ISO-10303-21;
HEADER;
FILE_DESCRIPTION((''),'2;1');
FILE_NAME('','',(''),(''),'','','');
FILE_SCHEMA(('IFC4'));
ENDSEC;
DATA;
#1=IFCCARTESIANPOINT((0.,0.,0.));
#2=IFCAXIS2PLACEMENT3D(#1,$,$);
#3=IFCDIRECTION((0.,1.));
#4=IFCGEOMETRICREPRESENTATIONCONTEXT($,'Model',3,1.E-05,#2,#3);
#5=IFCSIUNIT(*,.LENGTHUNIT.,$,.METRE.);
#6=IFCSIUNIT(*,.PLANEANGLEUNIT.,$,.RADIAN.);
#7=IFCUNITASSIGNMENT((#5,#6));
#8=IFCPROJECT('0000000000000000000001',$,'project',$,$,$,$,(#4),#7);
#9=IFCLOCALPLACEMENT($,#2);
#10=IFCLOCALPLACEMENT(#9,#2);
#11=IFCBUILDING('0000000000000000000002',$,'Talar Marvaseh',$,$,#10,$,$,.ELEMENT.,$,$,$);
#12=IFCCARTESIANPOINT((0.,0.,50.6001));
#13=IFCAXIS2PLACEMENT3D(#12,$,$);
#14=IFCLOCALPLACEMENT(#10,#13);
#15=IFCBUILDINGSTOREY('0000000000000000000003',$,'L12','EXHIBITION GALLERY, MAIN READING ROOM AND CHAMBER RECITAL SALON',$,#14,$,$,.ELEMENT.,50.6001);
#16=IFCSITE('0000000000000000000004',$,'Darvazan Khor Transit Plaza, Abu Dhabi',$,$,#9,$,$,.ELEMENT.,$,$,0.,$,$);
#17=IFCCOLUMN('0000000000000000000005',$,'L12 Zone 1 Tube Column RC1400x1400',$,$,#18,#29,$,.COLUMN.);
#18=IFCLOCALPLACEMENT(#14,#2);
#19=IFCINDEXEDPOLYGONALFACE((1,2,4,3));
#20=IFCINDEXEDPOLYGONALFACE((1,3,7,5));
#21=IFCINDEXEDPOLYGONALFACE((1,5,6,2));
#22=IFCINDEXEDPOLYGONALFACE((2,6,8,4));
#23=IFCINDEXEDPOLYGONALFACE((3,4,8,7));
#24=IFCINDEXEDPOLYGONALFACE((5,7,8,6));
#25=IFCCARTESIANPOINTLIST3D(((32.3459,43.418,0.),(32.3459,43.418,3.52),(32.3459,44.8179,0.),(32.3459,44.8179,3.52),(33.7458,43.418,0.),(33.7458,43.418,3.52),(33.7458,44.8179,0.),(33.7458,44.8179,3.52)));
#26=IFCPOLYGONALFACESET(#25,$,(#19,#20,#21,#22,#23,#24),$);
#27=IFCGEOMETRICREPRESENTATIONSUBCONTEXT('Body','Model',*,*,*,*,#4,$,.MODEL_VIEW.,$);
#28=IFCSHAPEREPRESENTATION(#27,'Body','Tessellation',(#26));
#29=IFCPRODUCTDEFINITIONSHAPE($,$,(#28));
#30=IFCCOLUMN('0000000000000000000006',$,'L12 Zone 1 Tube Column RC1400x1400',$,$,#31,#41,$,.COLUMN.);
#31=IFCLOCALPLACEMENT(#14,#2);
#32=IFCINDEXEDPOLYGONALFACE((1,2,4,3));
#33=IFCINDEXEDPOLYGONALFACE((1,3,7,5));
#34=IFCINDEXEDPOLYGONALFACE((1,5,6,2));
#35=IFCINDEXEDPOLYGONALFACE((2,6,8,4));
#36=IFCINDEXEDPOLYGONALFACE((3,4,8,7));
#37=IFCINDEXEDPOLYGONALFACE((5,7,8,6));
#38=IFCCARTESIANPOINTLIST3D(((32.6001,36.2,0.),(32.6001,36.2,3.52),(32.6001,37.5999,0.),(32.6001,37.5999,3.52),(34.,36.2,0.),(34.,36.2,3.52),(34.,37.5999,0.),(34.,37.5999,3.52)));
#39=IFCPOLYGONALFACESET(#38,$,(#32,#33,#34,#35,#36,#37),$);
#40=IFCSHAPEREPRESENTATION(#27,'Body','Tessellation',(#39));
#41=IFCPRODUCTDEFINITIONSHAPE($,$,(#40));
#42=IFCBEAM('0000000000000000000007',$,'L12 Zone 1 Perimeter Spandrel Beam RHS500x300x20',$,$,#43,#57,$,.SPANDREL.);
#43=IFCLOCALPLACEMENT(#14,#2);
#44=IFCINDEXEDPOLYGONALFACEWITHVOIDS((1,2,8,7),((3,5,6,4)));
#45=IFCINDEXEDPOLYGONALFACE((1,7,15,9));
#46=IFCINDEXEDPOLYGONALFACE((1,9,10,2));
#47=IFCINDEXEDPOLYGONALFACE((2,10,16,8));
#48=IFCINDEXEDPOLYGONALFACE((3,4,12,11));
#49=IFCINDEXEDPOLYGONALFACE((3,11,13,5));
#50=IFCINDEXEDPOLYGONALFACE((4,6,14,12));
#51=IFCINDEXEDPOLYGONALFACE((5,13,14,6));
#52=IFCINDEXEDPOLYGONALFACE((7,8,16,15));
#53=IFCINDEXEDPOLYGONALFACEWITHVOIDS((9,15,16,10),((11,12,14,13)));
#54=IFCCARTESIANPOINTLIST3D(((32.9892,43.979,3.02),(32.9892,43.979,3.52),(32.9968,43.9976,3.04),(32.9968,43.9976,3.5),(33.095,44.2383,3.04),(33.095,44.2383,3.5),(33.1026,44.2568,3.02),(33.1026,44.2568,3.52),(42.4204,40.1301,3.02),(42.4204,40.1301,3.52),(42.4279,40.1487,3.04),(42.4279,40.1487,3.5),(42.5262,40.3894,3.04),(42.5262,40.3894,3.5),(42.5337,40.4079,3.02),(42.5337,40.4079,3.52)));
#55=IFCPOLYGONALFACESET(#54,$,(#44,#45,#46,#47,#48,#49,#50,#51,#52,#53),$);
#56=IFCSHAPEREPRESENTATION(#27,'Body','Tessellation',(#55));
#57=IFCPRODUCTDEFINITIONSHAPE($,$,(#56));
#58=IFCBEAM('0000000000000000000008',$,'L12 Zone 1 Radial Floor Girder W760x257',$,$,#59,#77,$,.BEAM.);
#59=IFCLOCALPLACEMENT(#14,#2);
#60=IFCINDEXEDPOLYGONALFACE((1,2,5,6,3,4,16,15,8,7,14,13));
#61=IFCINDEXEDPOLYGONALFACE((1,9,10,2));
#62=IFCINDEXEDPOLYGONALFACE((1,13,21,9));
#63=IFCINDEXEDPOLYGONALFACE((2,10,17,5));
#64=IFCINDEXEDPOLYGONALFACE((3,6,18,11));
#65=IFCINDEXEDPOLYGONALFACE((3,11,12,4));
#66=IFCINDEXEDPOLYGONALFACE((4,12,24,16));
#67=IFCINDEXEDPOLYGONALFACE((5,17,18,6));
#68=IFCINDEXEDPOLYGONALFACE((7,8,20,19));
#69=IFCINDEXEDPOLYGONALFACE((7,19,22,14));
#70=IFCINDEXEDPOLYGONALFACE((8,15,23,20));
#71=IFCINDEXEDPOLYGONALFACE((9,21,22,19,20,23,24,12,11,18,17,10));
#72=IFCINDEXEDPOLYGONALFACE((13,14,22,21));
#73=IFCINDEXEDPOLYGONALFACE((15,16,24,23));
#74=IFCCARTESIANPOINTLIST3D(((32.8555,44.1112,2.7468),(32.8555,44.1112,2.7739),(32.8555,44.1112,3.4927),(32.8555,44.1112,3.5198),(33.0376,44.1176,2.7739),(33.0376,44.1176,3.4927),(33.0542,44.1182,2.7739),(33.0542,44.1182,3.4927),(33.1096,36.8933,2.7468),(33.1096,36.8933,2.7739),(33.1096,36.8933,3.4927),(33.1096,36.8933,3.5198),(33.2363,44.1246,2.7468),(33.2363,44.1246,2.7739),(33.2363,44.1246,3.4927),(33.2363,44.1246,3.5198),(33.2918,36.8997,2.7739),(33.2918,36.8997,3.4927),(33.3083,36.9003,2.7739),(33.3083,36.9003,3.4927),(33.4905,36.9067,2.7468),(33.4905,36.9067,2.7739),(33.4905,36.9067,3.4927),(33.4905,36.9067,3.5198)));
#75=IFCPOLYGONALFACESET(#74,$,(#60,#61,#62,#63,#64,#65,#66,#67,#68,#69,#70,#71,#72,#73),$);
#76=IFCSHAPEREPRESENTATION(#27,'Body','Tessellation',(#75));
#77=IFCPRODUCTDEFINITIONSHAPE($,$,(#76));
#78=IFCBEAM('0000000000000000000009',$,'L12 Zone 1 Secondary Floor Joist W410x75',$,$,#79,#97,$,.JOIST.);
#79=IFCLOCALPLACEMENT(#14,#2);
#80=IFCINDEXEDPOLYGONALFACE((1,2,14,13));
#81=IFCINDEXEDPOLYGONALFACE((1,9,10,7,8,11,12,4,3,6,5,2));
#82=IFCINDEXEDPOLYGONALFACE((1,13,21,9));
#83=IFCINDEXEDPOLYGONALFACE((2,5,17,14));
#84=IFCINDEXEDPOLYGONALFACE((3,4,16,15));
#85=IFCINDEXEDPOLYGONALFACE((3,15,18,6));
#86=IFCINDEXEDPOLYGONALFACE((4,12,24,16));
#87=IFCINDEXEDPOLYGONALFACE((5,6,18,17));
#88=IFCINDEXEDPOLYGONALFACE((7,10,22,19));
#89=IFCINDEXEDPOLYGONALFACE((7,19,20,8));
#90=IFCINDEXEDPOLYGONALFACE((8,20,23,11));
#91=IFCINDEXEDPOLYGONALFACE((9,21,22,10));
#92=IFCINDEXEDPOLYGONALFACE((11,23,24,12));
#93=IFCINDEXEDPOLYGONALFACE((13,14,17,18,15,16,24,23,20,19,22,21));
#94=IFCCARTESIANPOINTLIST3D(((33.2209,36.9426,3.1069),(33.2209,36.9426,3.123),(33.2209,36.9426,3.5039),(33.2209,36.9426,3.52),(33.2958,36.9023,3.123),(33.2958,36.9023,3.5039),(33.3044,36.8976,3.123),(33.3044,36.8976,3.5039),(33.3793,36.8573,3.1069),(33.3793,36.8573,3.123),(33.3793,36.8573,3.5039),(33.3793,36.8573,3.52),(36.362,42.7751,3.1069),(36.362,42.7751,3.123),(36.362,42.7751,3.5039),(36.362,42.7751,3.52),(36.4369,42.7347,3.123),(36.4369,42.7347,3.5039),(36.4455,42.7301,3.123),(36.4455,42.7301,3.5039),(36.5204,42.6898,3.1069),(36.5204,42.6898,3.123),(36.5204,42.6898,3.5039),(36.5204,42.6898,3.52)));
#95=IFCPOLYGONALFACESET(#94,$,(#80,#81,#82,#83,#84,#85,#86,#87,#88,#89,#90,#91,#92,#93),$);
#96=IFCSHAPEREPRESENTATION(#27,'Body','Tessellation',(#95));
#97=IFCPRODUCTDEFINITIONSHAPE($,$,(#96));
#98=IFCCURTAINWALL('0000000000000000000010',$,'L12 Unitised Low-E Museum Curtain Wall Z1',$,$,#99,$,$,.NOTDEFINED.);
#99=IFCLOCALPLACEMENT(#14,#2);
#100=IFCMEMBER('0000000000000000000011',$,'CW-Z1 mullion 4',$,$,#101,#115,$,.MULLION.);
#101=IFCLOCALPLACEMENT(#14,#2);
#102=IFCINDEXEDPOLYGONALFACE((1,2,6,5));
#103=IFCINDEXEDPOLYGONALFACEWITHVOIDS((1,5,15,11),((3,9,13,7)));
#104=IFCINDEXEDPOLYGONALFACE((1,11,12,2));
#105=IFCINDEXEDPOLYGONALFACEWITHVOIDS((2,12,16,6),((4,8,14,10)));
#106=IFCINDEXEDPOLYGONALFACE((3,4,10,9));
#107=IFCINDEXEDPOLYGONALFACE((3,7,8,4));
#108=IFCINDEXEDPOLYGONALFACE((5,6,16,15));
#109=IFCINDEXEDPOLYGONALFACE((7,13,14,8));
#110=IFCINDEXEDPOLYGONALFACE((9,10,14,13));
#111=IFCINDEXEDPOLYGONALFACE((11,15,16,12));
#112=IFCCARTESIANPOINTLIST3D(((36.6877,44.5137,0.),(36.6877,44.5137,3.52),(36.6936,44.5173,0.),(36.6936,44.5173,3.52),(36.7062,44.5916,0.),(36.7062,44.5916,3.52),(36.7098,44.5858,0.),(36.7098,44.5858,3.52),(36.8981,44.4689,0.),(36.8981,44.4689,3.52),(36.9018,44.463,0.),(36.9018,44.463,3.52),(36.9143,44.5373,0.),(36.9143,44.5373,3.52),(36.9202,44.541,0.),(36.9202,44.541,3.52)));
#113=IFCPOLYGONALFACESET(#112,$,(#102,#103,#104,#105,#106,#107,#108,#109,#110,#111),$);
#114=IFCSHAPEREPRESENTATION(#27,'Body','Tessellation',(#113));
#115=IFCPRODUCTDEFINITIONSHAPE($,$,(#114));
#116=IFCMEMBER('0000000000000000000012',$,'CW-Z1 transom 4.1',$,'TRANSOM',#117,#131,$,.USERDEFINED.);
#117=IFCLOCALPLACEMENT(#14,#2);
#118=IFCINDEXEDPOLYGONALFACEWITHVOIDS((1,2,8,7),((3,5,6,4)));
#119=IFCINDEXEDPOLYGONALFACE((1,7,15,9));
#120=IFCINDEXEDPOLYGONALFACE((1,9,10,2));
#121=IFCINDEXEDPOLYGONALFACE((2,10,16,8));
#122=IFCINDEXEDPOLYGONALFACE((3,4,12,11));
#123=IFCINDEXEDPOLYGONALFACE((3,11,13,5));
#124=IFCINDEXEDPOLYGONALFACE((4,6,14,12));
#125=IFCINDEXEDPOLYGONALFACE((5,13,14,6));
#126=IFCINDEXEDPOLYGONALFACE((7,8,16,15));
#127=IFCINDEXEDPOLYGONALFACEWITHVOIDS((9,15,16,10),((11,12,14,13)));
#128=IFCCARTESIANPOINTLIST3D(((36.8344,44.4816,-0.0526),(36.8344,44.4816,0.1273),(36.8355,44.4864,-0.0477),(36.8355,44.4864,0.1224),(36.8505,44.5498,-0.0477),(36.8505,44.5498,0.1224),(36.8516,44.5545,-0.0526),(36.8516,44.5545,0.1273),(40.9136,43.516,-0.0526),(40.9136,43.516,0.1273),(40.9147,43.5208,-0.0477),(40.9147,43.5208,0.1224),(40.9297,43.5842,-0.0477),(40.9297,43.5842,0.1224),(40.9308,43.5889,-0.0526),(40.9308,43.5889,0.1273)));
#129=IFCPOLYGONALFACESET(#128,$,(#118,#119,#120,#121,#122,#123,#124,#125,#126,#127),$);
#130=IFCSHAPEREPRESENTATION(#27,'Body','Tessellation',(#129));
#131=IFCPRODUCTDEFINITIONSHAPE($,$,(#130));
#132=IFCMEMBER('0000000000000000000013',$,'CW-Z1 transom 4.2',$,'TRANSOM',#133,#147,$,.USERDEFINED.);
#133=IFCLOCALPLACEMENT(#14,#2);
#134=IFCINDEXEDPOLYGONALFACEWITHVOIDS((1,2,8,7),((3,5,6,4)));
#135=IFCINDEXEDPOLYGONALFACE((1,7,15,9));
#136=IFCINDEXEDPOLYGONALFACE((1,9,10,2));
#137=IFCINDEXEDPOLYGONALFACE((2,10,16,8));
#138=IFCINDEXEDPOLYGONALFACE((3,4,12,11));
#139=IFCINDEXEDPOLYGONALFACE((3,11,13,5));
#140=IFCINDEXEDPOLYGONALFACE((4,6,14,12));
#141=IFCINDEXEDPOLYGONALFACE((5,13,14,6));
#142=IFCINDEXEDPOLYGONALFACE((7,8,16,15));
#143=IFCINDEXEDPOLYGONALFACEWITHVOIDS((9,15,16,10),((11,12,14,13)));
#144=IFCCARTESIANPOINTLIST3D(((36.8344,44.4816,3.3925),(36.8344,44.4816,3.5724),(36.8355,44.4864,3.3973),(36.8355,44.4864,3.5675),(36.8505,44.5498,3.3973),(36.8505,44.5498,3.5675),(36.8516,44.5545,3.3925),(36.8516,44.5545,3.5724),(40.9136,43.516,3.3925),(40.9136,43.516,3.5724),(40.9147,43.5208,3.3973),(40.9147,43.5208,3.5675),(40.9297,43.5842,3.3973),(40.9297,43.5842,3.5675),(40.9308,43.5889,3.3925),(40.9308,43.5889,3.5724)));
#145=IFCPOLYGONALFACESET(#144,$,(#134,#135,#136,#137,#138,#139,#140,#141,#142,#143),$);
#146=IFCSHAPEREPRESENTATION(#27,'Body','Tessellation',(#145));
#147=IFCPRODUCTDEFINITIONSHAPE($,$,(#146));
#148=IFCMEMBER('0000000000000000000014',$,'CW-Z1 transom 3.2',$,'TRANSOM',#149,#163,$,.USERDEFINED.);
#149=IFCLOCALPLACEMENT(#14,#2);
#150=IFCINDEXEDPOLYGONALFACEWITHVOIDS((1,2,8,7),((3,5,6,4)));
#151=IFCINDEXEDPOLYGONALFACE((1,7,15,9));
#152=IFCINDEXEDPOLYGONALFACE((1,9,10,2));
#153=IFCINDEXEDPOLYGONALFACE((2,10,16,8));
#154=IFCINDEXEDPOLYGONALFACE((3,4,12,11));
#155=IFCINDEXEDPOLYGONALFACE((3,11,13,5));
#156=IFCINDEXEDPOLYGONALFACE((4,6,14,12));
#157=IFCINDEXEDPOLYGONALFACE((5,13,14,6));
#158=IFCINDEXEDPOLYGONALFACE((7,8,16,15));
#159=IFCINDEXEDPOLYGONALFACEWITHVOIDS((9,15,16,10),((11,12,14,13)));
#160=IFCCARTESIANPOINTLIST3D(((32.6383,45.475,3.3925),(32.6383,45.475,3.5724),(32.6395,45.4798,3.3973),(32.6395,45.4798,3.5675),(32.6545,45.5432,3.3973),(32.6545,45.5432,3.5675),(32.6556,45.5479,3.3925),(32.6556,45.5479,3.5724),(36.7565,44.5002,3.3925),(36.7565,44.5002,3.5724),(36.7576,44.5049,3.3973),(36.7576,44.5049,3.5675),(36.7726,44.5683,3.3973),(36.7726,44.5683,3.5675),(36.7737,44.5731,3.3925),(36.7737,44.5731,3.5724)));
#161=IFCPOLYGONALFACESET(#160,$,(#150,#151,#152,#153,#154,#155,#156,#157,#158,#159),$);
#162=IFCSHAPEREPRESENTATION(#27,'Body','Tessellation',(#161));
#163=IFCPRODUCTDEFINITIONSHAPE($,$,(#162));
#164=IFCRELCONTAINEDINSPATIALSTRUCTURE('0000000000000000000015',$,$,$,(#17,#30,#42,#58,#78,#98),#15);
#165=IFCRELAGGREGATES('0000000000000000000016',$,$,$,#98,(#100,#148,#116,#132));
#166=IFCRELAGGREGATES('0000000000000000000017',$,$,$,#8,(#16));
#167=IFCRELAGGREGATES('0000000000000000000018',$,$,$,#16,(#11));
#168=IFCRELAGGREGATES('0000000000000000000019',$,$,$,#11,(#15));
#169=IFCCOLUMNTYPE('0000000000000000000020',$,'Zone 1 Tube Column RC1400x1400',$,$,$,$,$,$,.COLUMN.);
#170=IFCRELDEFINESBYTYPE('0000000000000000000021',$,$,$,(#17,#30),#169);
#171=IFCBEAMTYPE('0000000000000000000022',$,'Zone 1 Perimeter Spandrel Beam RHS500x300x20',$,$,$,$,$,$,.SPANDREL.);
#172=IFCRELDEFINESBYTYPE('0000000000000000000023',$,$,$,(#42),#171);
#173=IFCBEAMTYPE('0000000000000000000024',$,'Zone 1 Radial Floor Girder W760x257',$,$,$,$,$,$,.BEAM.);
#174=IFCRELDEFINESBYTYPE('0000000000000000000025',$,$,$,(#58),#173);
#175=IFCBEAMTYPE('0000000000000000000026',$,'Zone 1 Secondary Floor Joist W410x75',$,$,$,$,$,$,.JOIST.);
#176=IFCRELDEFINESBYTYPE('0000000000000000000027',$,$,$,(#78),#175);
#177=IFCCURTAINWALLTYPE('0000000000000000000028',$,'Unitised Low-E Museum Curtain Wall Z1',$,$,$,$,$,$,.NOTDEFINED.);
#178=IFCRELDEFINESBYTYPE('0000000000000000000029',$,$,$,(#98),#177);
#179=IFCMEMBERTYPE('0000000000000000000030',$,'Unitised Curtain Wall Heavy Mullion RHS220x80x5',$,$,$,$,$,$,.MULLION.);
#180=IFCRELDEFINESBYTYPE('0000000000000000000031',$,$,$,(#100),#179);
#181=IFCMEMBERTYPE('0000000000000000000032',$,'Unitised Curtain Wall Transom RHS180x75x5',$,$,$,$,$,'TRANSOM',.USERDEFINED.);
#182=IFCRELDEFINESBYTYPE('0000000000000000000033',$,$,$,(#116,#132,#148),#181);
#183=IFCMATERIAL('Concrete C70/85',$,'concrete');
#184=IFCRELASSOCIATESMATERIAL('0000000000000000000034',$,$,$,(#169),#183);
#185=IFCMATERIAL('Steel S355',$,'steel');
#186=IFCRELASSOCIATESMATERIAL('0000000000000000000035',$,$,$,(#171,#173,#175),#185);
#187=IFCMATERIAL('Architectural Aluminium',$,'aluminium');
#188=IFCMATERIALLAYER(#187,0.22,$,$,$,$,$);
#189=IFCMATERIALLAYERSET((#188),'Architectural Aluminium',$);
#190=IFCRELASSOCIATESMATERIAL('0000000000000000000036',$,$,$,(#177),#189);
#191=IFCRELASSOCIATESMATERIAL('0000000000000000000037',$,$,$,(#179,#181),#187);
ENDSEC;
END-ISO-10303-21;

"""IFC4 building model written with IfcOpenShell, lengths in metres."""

from ifc_helpers import new_model, si_unit, direction, frame, origin, origin_2d, place, context, subcontext, project, spatial, rectangle, hollow_rectangle, i_section, extrude, source, transform, mapped, material, layer, layer_set, material_profile, profile_set, type_object, type_shapes, element, aggregate, save


model = new_model("IFC4")

# Units and contexts
model_context = context("Model", 3, precision=1e-05, world=origin(), true_north=direction((0.0, 1.0)))
body_context = subcontext(model_context, "Body", "Model", "MODEL_VIEW")
ifc_project = project(units=[si_unit("LENGTHUNIT", "METRE"), si_unit("PLANEANGLEUNIT", "RADIAN")], contexts=[model_context])

# Site, building, storey
site_placement = place(None, origin())
site = spatial("IfcSite", under=ifc_project, at=site_placement, Name="Darvazan Khor Transit Plaza, Abu Dhabi", CompositionType="ELEMENT", RefElevation=0.0)
building_placement = place(site_placement, origin())
building = spatial("IfcBuilding", under=site, at=building_placement, Name="Talar Marvaseh", CompositionType="ELEMENT")
storey_placement = place(building_placement, frame((0.0, 0.0, 50.6001)))
storey = spatial("IfcBuildingStorey", under=building, at=storey_placement, Name="L12", Description="EXHIBITION GALLERY, MAIN READING ROOM AND CHAMBER RECITAL SALON", CompositionType="ELEMENT", Elevation=50.6001)

# Columns
ifc_material_1 = material(Name="Concrete C70/85", Category="concrete")
ifc_material_profile_1 = material_profile(ifc_material_1, rectangle(XDim=1.3999, YDim=1.3999, at=origin_2d()), Name="RC1400x1400")
ifc_profile_set_1 = profile_set([ifc_material_profile_1], Name="Concrete C70/85")
column_type = type_object("IfcColumnType", Name="Zone 1 Tube Column RC1400x1400", PredefinedType="COLUMN", material=ifc_profile_set_1)
for number, where, z_axis, x_axis, name in (
    (1, (33.0459, 44.1179, 0.0), (0.0, 0.0, 1.0), (1.0, 0.0, 0.0), "L12 Zone 1 Tube Column RC1400x1400"),
    (2, (33.3, 36.8999, 0.0), (0.0, 0.0, 1.0), (1.0, 0.0, 0.0), "L12 Zone 1 Tube Column RC1400x1400"),
):
    element("IfcColumn", number, at=place(storey_placement, frame(where, z_axis=z_axis, x_axis=x_axis)), inside=storey, type_object=column_type, Name=name, PredefinedType="COLUMN", context=body_context, shape_type="SweptSolid", body=[
        extrude(rectangle(XDim=1.3999, YDim=1.3999, at=origin_2d()), origin(), (0.0, 0.0, 1.0), 3.52),
    ])

# Beams
ifc_material_2 = material(Name="Steel S355", Category="steel")
ifc_material_profile_2 = material_profile(ifc_material_2, hollow_rectangle(XDim=0.3, YDim=0.5, WallThickness=0.02, at=origin_2d()), Name="RHS500x300x20")
ifc_profile_set_2 = profile_set([ifc_material_profile_2], Name="Steel S355")
beam_type_1 = type_object("IfcBeamType", Name="Zone 1 Perimeter Spandrel Beam RHS500x300x20", PredefinedType="SPANDREL", material=ifc_profile_set_2)
beam_1_placement = place(storey_placement, frame((33.0459, 44.1179, 3.27), z_axis=(0.925867, -0.377849, 0.0), x_axis=(0.377849, 0.925867, 0.0)))
element("IfcBeam", 3, at=beam_1_placement, inside=storey, type_object=beam_type_1, Name="L12 Zone 1 Perimeter Spandrel Beam RHS500x300x20", PredefinedType="SPANDREL", context=body_context, shape_type="SweptSolid", body=[
    extrude(hollow_rectangle(XDim=0.3, YDim=0.5, WallThickness=0.02, at=origin_2d()), origin(), (0.0, 0.0, 1.0), 10.1863),
])
ifc_material_profile_3 = material_profile(ifc_material_2, i_section(OverallWidth=0.3811, OverallDepth=0.7729, WebThickness=0.0166, FlangeThickness=0.0271, at=origin_2d()), Name="W760x257")
ifc_profile_set_3 = profile_set([ifc_material_profile_3], Name="Steel S355")
beam_type_2 = type_object("IfcBeamType", Name="Zone 1 Radial Floor Girder W760x257", PredefinedType="BEAM", material=ifc_profile_set_3)
beam_2_placement = place(storey_placement, frame((33.0459, 44.1179, 3.1333), z_axis=(0.035189, -0.999381, 0.0), x_axis=(0.999381, 0.035189, 0.0)))
element("IfcBeam", 4, at=beam_2_placement, inside=storey, type_object=beam_type_2, Name="L12 Zone 1 Radial Floor Girder W760x257", PredefinedType="BEAM", context=body_context, shape_type="SweptSolid", body=[
    extrude(i_section(OverallWidth=0.3811, OverallDepth=0.7729, WebThickness=0.0166, FlangeThickness=0.0271, at=origin_2d()), origin(), (0.0, 0.0, 1.0), 7.2224),
])
ifc_material_profile_4 = material_profile(ifc_material_2, i_section(OverallWidth=0.1799, OverallDepth=0.4131, WebThickness=0.0098, FlangeThickness=0.0161, at=origin_2d()), Name="W410x75")
ifc_profile_set_4 = profile_set([ifc_material_profile_4], Name="Steel S355")
beam_type_3 = type_object("IfcBeamType", Name="Zone 1 Secondary Floor Joist W410x75", PredefinedType="JOIST", material=ifc_profile_set_4)
beam_3_placement = place(storey_placement, frame((36.4412, 42.7324, 3.3135), z_axis=(-0.474161, -0.880438, 0.0), x_axis=(0.880438, -0.474161, 0.0)))
element("IfcBeam", 5, at=beam_3_placement, inside=storey, type_object=beam_type_3, Name="L12 Zone 1 Secondary Floor Joist W410x75", PredefinedType="JOIST", context=body_context, shape_type="SweptSolid", body=[
    extrude(i_section(OverallWidth=0.1799, OverallDepth=0.4131, WebThickness=0.0098, FlangeThickness=0.0161, at=origin_2d()), origin(), (0.0, 0.0, 1.0), 6.6245),
])

# Curtain wall, members
ifc_material_3 = material(Name="Architectural Aluminium", Category="aluminium")
ifc_layer_1 = layer(ifc_material_3, 0.22)
ifc_layer_set_1 = layer_set([ifc_layer_1], Name="Architectural Aluminium")
curtain_wall_type = type_object("IfcCurtainWallType", Name="Unitised Low-E Museum Curtain Wall Z1", PredefinedType="NOTDEFINED", material=ifc_layer_set_1)
curtain_wall_placement = place(storey_placement, origin())
curtain_wall = element("IfcCurtainWall", 6, at=curtain_wall_placement, inside=storey, type_object=curtain_wall_type, Name="L12 Unitised Low-E Museum Curtain Wall Z1", PredefinedType="NOTDEFINED")
ifc_material_profile_5 = material_profile(ifc_material_3, hollow_rectangle(XDim=0.0801, YDim=0.22, WallThickness=0.0049, at=origin_2d()), Name="RHS220x80x5")
ifc_profile_set_5 = profile_set([ifc_material_profile_5], Name="Architectural Aluminium")
member_type_1 = type_object("IfcMemberType", Name="Unitised Curtain Wall Heavy Mullion RHS220x80x5", PredefinedType="MULLION", material=ifc_profile_set_5)
shared_shape_1 = source(origin(), body_context, "Body", "SweptSolid", [
    extrude(hollow_rectangle(XDim=0.0801, YDim=0.22, WallThickness=0.0049, at=origin_2d()), origin(), (0.0, 0.0, 1.0), 3.52),
])
type_shapes(member_type_1, [shared_shape_1])
member_1_placement = place(storey_placement, frame((36.804, 44.5273, 0.0), z_axis=(0.0, 0.0, 1.0), x_axis=(0.230352, 0.973107, 0.0)))
member_1 = element("IfcMember", 7, at=member_1_placement, type_object=member_type_1, Name="CW-Z1 mullion 4", PredefinedType="MULLION", context=body_context, shape_type="MappedRepresentation", body=[
    mapped(shared_shape_1, transform((0.0, 0.0, 0.0), x_axis=(1.0, 0.0, 0.0), y_axis=(0.0, 1.0, 0.0), z_axis=(0.0, 0.0, 1.0), scale=1.0)),
])
ifc_material_profile_6 = material_profile(ifc_material_3, hollow_rectangle(XDim=0.075, YDim=0.1799, WallThickness=0.0049, at=origin_2d()), Name="RHS180x75x5")
ifc_profile_set_6 = profile_set([ifc_material_profile_6], Name="Architectural Aluminium")
member_type_2 = type_object("IfcMemberType", Name="Unitised Curtain Wall Transom RHS180x75x5", ElementType="TRANSOM", PredefinedType="USERDEFINED", material=ifc_profile_set_6)
shared_shape_2 = source(origin(), body_context, "Body", "SweptSolid", [
    extrude(hollow_rectangle(XDim=0.075, YDim=0.1799, WallThickness=0.0049, at=origin_2d()), origin(), (0.0, 0.0, 1.0), 4.1919),
])
member_2_placement = place(storey_placement, frame((36.843, 44.5181, 0.0374), z_axis=(0.973108, -0.230347, 0.0), x_axis=(0.230347, 0.973108, 0.0)))
member_2 = element("IfcMember", 8, at=member_2_placement, type_object=member_type_2, Name="CW-Z1 transom 4.1", ObjectType="TRANSOM", PredefinedType="USERDEFINED", context=body_context, shape_type="MappedRepresentation", body=[
    mapped(shared_shape_2, transform((0.0, 0.0, 0.0), x_axis=(1.0, 0.0, 0.0), y_axis=(0.0, 1.0, 0.0), z_axis=(0.0, 0.0, 1.0), scale=1.0)),
])
member_3_placement = place(storey_placement, frame((36.843, 44.5181, 3.4824), z_axis=(0.973108, -0.230347, 0.0), x_axis=(0.230347, 0.973108, 0.0)))
member_3 = element("IfcMember", 9, at=member_3_placement, type_object=member_type_2, Name="CW-Z1 transom 4.2", ObjectType="TRANSOM", PredefinedType="USERDEFINED", context=body_context, shape_type="MappedRepresentation", body=[
    mapped(shared_shape_2, transform((0.0, 0.0, 0.0), x_axis=(1.0, 0.0, 0.0), y_axis=(0.0, 1.0, 0.0), z_axis=(0.0, 0.0, 1.0), scale=1.0)),
])
shared_shape_3 = source(origin(), body_context, "Body", "SweptSolid", [
    extrude(hollow_rectangle(XDim=0.075, YDim=0.1799, WallThickness=0.0049, at=origin_2d()), origin(), (0.0, 0.0, 1.0), 4.2319),
])
type_shapes(member_type_2, [shared_shape_2, shared_shape_3])
member_4_placement = place(storey_placement, frame((32.647, 45.5115, 3.4824), z_axis=(0.973107, -0.230354, 0.0), x_axis=(0.230354, 0.973107, 0.0)))
member_4 = element("IfcMember", 10, at=member_4_placement, type_object=member_type_2, Name="CW-Z1 transom 3.2", ObjectType="TRANSOM", PredefinedType="USERDEFINED", context=body_context, shape_type="MappedRepresentation", body=[
    mapped(shared_shape_3, transform((0.0, 0.0, 0.0), x_axis=(1.0, 0.0, 0.0), y_axis=(0.0, 1.0, 0.0), z_axis=(0.0, 0.0, 1.0), scale=1.0)),
])
aggregate(curtain_wall, [member_1, member_4, member_2, member_3])

save(model, "model.ifc")
